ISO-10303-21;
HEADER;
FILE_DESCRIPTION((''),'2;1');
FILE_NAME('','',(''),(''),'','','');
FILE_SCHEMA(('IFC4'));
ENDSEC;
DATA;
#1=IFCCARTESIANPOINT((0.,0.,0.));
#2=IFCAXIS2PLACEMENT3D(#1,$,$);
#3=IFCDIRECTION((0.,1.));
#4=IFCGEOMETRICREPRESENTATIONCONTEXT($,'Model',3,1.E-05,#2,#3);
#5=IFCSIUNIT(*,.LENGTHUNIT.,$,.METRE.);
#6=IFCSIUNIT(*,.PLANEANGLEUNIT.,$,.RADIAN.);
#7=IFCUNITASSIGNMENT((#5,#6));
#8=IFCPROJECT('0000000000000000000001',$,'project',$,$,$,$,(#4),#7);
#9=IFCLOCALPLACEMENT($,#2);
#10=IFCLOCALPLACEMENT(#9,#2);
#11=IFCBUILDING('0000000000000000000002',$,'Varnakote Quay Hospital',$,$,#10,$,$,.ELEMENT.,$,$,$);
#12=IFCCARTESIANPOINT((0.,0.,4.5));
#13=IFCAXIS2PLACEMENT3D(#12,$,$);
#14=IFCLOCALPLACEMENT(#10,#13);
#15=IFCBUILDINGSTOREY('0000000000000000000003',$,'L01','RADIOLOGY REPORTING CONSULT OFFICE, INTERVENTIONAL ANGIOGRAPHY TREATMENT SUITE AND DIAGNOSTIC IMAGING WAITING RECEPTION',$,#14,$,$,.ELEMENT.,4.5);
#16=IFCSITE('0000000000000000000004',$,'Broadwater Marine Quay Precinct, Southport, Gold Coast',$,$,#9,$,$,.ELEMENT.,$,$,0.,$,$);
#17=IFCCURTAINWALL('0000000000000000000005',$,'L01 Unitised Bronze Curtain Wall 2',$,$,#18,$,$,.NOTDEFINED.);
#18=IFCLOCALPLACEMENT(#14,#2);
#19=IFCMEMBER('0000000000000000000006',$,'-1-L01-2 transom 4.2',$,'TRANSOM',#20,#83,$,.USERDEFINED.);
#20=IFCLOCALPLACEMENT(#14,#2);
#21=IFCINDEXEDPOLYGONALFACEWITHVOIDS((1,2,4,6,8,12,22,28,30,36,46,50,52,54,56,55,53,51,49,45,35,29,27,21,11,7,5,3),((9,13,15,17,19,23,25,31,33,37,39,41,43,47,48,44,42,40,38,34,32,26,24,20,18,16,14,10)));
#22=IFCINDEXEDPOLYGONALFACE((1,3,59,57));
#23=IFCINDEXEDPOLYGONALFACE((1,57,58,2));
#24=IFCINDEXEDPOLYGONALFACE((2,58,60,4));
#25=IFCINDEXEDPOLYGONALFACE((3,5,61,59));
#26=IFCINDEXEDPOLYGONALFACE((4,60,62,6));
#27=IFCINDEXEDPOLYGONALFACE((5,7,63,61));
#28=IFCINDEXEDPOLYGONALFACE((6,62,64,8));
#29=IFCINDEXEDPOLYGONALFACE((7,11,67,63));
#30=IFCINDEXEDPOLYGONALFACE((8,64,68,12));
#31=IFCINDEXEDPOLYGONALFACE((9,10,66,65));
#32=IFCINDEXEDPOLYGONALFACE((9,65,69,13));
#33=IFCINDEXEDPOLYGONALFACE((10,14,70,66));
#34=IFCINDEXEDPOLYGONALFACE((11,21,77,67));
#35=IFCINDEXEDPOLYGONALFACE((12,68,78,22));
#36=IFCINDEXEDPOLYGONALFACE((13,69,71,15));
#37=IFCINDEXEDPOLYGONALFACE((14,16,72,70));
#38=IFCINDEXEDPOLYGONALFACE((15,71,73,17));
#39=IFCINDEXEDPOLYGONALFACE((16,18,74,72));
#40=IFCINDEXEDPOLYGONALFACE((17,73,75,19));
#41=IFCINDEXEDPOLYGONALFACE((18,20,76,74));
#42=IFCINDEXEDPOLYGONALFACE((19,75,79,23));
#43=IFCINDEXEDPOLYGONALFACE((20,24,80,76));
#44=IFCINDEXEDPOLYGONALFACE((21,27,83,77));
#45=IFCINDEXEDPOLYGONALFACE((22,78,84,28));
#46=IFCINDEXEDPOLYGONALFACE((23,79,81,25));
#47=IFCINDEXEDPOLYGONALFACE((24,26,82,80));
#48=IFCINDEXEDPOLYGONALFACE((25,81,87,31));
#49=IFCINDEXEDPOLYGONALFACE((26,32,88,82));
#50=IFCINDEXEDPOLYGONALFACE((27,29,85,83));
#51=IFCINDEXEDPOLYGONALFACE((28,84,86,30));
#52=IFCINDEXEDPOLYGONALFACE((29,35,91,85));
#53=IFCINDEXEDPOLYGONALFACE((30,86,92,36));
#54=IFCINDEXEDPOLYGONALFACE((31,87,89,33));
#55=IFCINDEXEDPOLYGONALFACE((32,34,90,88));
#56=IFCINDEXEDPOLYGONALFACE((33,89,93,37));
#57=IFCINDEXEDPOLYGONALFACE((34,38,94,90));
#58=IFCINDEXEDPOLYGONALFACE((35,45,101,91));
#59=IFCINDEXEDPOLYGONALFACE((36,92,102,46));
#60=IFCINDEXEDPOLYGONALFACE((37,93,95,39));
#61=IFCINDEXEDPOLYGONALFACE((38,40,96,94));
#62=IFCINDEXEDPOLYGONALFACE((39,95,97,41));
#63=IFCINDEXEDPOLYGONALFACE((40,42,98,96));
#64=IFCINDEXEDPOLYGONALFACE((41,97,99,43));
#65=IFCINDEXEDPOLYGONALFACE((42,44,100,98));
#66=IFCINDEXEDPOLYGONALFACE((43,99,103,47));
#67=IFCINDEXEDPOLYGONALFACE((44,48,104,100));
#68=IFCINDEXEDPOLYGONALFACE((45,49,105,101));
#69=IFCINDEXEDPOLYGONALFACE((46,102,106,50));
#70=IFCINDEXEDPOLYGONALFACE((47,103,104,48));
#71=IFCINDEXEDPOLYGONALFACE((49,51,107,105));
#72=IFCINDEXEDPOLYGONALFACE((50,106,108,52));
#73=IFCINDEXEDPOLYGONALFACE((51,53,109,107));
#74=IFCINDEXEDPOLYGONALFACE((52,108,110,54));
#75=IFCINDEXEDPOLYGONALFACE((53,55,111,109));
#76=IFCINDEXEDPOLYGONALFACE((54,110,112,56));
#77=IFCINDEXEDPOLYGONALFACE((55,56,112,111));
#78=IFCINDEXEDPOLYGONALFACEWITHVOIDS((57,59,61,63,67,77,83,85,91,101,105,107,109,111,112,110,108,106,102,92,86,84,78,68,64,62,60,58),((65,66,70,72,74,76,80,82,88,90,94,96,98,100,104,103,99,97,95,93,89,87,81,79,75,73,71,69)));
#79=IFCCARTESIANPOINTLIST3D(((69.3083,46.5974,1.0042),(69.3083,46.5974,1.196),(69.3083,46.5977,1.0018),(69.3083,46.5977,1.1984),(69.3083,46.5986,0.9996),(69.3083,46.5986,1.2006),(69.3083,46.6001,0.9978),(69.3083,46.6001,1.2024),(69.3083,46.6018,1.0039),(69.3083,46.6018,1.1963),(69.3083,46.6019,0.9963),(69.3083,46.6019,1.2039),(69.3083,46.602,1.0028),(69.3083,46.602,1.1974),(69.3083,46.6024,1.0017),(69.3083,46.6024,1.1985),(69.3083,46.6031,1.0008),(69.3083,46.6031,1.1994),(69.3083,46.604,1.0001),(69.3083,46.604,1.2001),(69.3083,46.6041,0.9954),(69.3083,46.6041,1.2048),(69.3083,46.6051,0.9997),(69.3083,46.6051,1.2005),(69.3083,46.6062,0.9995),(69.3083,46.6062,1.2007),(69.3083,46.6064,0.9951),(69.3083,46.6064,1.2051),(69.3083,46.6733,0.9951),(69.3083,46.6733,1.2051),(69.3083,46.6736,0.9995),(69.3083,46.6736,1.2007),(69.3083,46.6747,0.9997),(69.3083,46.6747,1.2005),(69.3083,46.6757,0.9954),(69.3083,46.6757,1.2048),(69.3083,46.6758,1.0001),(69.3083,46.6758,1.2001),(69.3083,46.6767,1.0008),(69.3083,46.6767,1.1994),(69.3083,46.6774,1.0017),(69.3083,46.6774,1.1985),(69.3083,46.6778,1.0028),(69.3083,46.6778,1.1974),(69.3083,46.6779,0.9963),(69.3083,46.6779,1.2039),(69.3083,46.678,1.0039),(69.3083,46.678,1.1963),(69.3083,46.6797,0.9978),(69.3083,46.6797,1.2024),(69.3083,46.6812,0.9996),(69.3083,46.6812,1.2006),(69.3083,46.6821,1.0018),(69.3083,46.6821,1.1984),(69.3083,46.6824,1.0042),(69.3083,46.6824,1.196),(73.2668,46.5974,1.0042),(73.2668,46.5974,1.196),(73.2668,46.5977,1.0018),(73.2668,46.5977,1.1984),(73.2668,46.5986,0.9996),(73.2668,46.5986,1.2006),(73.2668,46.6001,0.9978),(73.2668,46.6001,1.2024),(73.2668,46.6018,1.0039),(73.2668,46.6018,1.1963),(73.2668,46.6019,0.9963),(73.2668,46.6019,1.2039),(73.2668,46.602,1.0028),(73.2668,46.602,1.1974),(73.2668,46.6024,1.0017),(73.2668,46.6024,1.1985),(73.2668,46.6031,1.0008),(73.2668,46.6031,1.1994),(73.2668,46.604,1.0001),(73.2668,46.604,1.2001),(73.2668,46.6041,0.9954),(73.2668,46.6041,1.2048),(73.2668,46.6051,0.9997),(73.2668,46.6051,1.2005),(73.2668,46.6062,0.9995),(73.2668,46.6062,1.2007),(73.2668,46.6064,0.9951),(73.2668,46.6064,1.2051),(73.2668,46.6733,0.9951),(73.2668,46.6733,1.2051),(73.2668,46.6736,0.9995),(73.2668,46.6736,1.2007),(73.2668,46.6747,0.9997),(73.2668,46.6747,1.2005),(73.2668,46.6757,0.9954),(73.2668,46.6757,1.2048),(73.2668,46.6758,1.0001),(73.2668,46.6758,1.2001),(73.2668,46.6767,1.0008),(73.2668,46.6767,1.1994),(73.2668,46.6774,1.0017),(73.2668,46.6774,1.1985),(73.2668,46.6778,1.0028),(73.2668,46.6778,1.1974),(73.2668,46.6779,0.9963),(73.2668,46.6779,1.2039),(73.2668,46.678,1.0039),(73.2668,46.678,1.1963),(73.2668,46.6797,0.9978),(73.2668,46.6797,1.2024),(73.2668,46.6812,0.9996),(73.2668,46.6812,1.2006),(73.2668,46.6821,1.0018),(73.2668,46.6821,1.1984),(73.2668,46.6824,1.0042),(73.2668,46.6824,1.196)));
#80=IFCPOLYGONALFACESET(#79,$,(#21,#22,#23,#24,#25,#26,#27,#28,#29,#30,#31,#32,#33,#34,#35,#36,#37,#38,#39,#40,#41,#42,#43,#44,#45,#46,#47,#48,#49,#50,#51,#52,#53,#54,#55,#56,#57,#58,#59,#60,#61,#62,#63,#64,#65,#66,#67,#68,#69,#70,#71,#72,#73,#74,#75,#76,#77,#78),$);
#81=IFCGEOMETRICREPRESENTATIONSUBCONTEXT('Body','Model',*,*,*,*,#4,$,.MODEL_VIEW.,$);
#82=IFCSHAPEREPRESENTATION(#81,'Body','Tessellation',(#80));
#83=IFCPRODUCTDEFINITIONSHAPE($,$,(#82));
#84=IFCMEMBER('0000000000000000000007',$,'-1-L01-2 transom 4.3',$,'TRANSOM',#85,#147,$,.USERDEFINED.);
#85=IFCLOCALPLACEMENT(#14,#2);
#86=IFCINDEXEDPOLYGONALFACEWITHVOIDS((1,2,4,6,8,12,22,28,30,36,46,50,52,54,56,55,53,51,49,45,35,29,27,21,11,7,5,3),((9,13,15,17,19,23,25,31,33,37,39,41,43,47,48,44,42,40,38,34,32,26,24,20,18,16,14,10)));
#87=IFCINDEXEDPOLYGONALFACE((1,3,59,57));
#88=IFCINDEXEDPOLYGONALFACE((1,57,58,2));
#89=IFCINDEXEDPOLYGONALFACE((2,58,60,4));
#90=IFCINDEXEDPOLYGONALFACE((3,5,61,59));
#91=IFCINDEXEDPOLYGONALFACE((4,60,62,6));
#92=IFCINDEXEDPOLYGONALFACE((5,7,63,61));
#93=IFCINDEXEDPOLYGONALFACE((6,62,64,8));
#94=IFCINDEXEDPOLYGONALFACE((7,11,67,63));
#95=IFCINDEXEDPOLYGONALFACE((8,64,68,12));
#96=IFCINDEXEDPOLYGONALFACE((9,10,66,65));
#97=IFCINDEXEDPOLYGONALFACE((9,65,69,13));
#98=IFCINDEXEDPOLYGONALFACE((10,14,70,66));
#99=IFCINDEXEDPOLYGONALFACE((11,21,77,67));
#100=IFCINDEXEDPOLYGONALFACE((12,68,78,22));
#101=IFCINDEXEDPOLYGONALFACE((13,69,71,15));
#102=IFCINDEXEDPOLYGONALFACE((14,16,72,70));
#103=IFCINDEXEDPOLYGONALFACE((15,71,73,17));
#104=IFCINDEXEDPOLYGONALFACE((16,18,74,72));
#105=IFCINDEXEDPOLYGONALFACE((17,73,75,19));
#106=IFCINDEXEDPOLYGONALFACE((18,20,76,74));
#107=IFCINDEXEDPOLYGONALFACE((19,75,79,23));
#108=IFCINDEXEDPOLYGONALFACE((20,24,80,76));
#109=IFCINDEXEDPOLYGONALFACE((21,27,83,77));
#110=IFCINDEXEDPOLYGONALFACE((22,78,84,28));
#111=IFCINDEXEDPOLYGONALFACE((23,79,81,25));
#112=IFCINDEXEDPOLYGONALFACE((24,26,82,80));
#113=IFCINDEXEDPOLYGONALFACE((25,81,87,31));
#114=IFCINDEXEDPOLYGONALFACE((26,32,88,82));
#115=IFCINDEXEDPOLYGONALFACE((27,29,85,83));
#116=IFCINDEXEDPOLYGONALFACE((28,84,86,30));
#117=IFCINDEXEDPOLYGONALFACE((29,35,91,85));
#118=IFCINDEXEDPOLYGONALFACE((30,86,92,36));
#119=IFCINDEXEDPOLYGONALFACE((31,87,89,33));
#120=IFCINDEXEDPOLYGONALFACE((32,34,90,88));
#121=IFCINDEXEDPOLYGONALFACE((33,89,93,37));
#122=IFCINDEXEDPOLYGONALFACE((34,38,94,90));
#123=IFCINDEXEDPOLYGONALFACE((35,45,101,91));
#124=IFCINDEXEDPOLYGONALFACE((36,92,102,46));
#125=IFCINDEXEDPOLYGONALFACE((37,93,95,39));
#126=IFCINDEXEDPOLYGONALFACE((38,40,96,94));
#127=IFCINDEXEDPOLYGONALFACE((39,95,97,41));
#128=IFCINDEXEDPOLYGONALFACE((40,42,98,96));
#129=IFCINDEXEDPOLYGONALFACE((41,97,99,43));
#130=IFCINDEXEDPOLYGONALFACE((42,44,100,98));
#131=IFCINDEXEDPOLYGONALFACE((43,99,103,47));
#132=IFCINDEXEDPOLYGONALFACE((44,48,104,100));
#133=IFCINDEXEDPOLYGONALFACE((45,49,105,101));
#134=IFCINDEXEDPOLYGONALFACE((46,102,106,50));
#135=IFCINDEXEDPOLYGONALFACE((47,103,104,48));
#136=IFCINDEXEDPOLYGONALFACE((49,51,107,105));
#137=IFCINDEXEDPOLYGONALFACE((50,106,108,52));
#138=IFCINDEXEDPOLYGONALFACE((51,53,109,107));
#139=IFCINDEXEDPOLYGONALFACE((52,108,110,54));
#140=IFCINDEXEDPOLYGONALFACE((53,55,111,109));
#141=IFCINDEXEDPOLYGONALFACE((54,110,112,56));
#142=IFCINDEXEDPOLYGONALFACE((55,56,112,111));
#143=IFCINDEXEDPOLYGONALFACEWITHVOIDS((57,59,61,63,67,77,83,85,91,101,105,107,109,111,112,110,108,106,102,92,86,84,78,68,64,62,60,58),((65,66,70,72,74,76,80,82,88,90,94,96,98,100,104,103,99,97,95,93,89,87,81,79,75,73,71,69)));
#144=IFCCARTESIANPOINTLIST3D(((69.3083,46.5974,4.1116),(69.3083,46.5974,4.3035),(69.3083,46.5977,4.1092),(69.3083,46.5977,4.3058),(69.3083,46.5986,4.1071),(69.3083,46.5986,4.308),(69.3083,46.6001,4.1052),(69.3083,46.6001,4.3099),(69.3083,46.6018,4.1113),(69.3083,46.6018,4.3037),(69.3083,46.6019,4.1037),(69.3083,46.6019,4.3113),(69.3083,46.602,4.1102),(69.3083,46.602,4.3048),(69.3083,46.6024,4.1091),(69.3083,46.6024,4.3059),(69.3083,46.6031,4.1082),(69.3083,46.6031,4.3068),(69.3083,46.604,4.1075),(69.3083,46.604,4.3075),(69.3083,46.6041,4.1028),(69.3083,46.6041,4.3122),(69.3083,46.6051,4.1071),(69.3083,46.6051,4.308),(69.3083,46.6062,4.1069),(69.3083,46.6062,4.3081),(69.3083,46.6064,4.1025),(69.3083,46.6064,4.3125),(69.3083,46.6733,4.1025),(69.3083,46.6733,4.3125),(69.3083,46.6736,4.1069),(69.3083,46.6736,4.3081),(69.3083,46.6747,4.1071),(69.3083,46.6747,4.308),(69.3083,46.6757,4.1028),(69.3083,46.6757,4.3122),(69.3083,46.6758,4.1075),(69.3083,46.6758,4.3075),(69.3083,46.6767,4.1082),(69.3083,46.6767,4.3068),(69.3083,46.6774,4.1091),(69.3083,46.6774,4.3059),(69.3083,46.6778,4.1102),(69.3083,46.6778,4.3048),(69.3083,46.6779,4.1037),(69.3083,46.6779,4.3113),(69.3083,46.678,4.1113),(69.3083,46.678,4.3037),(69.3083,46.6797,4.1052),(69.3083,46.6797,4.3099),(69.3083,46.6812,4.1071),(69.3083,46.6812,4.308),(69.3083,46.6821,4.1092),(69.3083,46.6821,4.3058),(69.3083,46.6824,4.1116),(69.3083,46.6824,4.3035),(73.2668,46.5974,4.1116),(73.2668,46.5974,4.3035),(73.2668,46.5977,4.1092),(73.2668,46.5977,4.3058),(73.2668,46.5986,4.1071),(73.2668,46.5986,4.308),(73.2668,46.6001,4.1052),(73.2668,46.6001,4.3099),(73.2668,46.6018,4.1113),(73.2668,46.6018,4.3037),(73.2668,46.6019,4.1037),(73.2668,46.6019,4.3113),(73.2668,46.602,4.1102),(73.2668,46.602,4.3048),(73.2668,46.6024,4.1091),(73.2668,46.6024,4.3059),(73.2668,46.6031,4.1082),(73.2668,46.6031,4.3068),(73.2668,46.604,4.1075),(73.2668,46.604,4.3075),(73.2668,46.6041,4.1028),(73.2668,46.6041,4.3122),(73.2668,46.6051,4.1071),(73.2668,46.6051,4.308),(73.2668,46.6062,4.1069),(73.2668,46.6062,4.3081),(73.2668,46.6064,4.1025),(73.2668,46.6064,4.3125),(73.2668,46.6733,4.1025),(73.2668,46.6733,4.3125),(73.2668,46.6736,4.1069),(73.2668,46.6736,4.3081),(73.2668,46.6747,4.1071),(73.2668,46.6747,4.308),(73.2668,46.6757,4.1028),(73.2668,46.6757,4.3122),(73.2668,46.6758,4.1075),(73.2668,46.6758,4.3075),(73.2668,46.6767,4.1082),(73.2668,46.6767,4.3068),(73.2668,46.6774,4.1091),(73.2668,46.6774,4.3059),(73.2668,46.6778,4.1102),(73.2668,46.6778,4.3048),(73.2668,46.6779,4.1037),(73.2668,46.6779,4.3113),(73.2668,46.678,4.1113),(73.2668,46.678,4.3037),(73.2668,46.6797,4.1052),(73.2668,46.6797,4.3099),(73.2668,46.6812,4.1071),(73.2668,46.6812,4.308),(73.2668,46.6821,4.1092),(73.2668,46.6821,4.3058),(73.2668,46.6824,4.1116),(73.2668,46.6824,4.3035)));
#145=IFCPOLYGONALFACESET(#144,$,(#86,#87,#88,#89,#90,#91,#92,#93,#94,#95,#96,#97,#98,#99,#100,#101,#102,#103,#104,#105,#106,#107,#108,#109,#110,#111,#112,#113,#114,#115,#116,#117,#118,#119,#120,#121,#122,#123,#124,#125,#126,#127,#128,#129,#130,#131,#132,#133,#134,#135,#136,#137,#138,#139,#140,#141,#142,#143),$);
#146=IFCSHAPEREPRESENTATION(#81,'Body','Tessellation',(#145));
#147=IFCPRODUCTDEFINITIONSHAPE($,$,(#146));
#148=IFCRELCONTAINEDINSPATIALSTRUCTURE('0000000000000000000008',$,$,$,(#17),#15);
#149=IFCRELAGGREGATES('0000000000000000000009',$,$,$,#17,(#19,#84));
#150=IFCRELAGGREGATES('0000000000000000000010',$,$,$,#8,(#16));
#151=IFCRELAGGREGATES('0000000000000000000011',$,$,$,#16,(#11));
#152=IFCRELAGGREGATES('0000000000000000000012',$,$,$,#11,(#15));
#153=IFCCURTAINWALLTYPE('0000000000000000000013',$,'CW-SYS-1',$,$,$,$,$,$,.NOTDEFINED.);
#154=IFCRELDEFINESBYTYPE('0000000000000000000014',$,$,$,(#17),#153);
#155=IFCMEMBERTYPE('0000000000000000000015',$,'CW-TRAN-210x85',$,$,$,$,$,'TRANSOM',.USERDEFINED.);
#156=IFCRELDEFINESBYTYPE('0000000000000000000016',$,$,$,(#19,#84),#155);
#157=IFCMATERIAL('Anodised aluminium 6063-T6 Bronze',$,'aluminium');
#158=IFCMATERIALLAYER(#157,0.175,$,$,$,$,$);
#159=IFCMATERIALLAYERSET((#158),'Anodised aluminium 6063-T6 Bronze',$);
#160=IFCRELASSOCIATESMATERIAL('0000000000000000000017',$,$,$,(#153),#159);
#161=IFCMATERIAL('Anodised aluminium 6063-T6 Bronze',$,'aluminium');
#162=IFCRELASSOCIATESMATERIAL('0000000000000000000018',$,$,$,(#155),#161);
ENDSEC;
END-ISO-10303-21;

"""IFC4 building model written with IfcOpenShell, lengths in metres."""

from ifc_helpers import new_model, si_unit, direction, frame, origin, origin_2d, place, context, subcontext, project, spatial, hollow_rectangle, extrude, material, layer, layer_set, material_profile, profile_set, type_object, element, aggregate, save


model = new_model("IFC4")

# Units and contexts
model_context = context("Model", 3, precision=1e-05, world=origin(), true_north=direction((0.0, 1.0)))
body_context = subcontext(model_context, "Body", "Model", "MODEL_VIEW")
ifc_project = project(units=[si_unit("LENGTHUNIT", "METRE"), si_unit("PLANEANGLEUNIT", "RADIAN")], contexts=[model_context])

# Site, building, storey
site_placement = place(None, origin())
site = spatial("IfcSite", under=ifc_project, at=site_placement, Name="Broadwater Marine Quay Precinct, Southport, Gold Coast", CompositionType="ELEMENT", RefElevation=0.0)
building_placement = place(site_placement, origin())
building = spatial("IfcBuilding", under=site, at=building_placement, Name="Varnakote Quay Hospital", CompositionType="ELEMENT")
storey_placement = place(building_placement, frame((0.0, 0.0, 4.5)))
storey = spatial("IfcBuildingStorey", under=building, at=storey_placement, Name="L01", Description="RADIOLOGY REPORTING CONSULT OFFICE, INTERVENTIONAL ANGIOGRAPHY TREATMENT SUITE AND DIAGNOSTIC IMAGING WAITING RECEPTION", CompositionType="ELEMENT", Elevation=4.5)

# Curtain wall, members
ifc_material_1 = material(Name="Anodised aluminium 6063-T6 Bronze", Category="aluminium")
ifc_layer_1 = layer(ifc_material_1, 0.175)
ifc_layer_set_1 = layer_set([ifc_layer_1], Name="Anodised aluminium 6063-T6 Bronze")
curtain_wall_type = type_object("IfcCurtainWallType", Name="CW-SYS-1", PredefinedType="NOTDEFINED", material=ifc_layer_set_1)
curtain_wall_placement = place(storey_placement, origin())
curtain_wall = element("IfcCurtainWall", 1, at=curtain_wall_placement, inside=storey, type_object=curtain_wall_type, Name="L01 Unitised Bronze Curtain Wall 2", PredefinedType="NOTDEFINED")
ifc_material_2 = material(Name="Anodised aluminium 6063-T6 Bronze", Category="aluminium")
ifc_material_profile_1 = material_profile(ifc_material_2, hollow_rectangle(XDim=0.085, YDim=0.21, WallThickness=0.0044, InnerFilletRadius=0.0044, OuterFilletRadius=0.009, at=origin_2d()), Name="CW-TRAN-210x85")
ifc_profile_set_1 = profile_set([ifc_material_profile_1], Name="Anodised aluminium 6063-T6 Bronze")
member_type_1 = type_object("IfcMemberType", Name="CW-TRAN-210x85", ElementType="TRANSOM", PredefinedType="USERDEFINED", material=ifc_profile_set_1)
member_1_placement = place(storey_placement, frame((73.2668, 46.6399, 1.1001), z_axis=(-1.0, 0.0, 0.0), x_axis=(0.0, -1.0, 0.0)))
member_1 = element("IfcMember", 2, at=member_1_placement, type_object=member_type_1, Name="-1-L01-2 transom 4.2", ObjectType="TRANSOM", PredefinedType="USERDEFINED", context=body_context, shape_type="SweptSolid", body=[
    extrude(hollow_rectangle(XDim=0.085, YDim=0.21, WallThickness=0.0044, InnerFilletRadius=0.0044, OuterFilletRadius=0.009, at=origin_2d()), origin(), (0.0, 0.0, 1.0), 3.9585),
])
member_2_placement = place(storey_placement, frame((73.2668, 46.6399, 4.2075), z_axis=(-1.0, 0.0, 0.0), x_axis=(0.0, -1.0, 0.0)))
member_2 = element("IfcMember", 3, at=member_2_placement, type_object=member_type_1, Name="-1-L01-2 transom 4.3", ObjectType="TRANSOM", PredefinedType="USERDEFINED", context=body_context, shape_type="SweptSolid", body=[
    extrude(hollow_rectangle(XDim=0.085, YDim=0.21, WallThickness=0.0044, InnerFilletRadius=0.0044, OuterFilletRadius=0.009, at=origin_2d()), origin(), (0.0, 0.0, 1.0), 3.9585),
])

aggregate(curtain_wall, [member_1, member_2])

save(model, "model.ifc")
